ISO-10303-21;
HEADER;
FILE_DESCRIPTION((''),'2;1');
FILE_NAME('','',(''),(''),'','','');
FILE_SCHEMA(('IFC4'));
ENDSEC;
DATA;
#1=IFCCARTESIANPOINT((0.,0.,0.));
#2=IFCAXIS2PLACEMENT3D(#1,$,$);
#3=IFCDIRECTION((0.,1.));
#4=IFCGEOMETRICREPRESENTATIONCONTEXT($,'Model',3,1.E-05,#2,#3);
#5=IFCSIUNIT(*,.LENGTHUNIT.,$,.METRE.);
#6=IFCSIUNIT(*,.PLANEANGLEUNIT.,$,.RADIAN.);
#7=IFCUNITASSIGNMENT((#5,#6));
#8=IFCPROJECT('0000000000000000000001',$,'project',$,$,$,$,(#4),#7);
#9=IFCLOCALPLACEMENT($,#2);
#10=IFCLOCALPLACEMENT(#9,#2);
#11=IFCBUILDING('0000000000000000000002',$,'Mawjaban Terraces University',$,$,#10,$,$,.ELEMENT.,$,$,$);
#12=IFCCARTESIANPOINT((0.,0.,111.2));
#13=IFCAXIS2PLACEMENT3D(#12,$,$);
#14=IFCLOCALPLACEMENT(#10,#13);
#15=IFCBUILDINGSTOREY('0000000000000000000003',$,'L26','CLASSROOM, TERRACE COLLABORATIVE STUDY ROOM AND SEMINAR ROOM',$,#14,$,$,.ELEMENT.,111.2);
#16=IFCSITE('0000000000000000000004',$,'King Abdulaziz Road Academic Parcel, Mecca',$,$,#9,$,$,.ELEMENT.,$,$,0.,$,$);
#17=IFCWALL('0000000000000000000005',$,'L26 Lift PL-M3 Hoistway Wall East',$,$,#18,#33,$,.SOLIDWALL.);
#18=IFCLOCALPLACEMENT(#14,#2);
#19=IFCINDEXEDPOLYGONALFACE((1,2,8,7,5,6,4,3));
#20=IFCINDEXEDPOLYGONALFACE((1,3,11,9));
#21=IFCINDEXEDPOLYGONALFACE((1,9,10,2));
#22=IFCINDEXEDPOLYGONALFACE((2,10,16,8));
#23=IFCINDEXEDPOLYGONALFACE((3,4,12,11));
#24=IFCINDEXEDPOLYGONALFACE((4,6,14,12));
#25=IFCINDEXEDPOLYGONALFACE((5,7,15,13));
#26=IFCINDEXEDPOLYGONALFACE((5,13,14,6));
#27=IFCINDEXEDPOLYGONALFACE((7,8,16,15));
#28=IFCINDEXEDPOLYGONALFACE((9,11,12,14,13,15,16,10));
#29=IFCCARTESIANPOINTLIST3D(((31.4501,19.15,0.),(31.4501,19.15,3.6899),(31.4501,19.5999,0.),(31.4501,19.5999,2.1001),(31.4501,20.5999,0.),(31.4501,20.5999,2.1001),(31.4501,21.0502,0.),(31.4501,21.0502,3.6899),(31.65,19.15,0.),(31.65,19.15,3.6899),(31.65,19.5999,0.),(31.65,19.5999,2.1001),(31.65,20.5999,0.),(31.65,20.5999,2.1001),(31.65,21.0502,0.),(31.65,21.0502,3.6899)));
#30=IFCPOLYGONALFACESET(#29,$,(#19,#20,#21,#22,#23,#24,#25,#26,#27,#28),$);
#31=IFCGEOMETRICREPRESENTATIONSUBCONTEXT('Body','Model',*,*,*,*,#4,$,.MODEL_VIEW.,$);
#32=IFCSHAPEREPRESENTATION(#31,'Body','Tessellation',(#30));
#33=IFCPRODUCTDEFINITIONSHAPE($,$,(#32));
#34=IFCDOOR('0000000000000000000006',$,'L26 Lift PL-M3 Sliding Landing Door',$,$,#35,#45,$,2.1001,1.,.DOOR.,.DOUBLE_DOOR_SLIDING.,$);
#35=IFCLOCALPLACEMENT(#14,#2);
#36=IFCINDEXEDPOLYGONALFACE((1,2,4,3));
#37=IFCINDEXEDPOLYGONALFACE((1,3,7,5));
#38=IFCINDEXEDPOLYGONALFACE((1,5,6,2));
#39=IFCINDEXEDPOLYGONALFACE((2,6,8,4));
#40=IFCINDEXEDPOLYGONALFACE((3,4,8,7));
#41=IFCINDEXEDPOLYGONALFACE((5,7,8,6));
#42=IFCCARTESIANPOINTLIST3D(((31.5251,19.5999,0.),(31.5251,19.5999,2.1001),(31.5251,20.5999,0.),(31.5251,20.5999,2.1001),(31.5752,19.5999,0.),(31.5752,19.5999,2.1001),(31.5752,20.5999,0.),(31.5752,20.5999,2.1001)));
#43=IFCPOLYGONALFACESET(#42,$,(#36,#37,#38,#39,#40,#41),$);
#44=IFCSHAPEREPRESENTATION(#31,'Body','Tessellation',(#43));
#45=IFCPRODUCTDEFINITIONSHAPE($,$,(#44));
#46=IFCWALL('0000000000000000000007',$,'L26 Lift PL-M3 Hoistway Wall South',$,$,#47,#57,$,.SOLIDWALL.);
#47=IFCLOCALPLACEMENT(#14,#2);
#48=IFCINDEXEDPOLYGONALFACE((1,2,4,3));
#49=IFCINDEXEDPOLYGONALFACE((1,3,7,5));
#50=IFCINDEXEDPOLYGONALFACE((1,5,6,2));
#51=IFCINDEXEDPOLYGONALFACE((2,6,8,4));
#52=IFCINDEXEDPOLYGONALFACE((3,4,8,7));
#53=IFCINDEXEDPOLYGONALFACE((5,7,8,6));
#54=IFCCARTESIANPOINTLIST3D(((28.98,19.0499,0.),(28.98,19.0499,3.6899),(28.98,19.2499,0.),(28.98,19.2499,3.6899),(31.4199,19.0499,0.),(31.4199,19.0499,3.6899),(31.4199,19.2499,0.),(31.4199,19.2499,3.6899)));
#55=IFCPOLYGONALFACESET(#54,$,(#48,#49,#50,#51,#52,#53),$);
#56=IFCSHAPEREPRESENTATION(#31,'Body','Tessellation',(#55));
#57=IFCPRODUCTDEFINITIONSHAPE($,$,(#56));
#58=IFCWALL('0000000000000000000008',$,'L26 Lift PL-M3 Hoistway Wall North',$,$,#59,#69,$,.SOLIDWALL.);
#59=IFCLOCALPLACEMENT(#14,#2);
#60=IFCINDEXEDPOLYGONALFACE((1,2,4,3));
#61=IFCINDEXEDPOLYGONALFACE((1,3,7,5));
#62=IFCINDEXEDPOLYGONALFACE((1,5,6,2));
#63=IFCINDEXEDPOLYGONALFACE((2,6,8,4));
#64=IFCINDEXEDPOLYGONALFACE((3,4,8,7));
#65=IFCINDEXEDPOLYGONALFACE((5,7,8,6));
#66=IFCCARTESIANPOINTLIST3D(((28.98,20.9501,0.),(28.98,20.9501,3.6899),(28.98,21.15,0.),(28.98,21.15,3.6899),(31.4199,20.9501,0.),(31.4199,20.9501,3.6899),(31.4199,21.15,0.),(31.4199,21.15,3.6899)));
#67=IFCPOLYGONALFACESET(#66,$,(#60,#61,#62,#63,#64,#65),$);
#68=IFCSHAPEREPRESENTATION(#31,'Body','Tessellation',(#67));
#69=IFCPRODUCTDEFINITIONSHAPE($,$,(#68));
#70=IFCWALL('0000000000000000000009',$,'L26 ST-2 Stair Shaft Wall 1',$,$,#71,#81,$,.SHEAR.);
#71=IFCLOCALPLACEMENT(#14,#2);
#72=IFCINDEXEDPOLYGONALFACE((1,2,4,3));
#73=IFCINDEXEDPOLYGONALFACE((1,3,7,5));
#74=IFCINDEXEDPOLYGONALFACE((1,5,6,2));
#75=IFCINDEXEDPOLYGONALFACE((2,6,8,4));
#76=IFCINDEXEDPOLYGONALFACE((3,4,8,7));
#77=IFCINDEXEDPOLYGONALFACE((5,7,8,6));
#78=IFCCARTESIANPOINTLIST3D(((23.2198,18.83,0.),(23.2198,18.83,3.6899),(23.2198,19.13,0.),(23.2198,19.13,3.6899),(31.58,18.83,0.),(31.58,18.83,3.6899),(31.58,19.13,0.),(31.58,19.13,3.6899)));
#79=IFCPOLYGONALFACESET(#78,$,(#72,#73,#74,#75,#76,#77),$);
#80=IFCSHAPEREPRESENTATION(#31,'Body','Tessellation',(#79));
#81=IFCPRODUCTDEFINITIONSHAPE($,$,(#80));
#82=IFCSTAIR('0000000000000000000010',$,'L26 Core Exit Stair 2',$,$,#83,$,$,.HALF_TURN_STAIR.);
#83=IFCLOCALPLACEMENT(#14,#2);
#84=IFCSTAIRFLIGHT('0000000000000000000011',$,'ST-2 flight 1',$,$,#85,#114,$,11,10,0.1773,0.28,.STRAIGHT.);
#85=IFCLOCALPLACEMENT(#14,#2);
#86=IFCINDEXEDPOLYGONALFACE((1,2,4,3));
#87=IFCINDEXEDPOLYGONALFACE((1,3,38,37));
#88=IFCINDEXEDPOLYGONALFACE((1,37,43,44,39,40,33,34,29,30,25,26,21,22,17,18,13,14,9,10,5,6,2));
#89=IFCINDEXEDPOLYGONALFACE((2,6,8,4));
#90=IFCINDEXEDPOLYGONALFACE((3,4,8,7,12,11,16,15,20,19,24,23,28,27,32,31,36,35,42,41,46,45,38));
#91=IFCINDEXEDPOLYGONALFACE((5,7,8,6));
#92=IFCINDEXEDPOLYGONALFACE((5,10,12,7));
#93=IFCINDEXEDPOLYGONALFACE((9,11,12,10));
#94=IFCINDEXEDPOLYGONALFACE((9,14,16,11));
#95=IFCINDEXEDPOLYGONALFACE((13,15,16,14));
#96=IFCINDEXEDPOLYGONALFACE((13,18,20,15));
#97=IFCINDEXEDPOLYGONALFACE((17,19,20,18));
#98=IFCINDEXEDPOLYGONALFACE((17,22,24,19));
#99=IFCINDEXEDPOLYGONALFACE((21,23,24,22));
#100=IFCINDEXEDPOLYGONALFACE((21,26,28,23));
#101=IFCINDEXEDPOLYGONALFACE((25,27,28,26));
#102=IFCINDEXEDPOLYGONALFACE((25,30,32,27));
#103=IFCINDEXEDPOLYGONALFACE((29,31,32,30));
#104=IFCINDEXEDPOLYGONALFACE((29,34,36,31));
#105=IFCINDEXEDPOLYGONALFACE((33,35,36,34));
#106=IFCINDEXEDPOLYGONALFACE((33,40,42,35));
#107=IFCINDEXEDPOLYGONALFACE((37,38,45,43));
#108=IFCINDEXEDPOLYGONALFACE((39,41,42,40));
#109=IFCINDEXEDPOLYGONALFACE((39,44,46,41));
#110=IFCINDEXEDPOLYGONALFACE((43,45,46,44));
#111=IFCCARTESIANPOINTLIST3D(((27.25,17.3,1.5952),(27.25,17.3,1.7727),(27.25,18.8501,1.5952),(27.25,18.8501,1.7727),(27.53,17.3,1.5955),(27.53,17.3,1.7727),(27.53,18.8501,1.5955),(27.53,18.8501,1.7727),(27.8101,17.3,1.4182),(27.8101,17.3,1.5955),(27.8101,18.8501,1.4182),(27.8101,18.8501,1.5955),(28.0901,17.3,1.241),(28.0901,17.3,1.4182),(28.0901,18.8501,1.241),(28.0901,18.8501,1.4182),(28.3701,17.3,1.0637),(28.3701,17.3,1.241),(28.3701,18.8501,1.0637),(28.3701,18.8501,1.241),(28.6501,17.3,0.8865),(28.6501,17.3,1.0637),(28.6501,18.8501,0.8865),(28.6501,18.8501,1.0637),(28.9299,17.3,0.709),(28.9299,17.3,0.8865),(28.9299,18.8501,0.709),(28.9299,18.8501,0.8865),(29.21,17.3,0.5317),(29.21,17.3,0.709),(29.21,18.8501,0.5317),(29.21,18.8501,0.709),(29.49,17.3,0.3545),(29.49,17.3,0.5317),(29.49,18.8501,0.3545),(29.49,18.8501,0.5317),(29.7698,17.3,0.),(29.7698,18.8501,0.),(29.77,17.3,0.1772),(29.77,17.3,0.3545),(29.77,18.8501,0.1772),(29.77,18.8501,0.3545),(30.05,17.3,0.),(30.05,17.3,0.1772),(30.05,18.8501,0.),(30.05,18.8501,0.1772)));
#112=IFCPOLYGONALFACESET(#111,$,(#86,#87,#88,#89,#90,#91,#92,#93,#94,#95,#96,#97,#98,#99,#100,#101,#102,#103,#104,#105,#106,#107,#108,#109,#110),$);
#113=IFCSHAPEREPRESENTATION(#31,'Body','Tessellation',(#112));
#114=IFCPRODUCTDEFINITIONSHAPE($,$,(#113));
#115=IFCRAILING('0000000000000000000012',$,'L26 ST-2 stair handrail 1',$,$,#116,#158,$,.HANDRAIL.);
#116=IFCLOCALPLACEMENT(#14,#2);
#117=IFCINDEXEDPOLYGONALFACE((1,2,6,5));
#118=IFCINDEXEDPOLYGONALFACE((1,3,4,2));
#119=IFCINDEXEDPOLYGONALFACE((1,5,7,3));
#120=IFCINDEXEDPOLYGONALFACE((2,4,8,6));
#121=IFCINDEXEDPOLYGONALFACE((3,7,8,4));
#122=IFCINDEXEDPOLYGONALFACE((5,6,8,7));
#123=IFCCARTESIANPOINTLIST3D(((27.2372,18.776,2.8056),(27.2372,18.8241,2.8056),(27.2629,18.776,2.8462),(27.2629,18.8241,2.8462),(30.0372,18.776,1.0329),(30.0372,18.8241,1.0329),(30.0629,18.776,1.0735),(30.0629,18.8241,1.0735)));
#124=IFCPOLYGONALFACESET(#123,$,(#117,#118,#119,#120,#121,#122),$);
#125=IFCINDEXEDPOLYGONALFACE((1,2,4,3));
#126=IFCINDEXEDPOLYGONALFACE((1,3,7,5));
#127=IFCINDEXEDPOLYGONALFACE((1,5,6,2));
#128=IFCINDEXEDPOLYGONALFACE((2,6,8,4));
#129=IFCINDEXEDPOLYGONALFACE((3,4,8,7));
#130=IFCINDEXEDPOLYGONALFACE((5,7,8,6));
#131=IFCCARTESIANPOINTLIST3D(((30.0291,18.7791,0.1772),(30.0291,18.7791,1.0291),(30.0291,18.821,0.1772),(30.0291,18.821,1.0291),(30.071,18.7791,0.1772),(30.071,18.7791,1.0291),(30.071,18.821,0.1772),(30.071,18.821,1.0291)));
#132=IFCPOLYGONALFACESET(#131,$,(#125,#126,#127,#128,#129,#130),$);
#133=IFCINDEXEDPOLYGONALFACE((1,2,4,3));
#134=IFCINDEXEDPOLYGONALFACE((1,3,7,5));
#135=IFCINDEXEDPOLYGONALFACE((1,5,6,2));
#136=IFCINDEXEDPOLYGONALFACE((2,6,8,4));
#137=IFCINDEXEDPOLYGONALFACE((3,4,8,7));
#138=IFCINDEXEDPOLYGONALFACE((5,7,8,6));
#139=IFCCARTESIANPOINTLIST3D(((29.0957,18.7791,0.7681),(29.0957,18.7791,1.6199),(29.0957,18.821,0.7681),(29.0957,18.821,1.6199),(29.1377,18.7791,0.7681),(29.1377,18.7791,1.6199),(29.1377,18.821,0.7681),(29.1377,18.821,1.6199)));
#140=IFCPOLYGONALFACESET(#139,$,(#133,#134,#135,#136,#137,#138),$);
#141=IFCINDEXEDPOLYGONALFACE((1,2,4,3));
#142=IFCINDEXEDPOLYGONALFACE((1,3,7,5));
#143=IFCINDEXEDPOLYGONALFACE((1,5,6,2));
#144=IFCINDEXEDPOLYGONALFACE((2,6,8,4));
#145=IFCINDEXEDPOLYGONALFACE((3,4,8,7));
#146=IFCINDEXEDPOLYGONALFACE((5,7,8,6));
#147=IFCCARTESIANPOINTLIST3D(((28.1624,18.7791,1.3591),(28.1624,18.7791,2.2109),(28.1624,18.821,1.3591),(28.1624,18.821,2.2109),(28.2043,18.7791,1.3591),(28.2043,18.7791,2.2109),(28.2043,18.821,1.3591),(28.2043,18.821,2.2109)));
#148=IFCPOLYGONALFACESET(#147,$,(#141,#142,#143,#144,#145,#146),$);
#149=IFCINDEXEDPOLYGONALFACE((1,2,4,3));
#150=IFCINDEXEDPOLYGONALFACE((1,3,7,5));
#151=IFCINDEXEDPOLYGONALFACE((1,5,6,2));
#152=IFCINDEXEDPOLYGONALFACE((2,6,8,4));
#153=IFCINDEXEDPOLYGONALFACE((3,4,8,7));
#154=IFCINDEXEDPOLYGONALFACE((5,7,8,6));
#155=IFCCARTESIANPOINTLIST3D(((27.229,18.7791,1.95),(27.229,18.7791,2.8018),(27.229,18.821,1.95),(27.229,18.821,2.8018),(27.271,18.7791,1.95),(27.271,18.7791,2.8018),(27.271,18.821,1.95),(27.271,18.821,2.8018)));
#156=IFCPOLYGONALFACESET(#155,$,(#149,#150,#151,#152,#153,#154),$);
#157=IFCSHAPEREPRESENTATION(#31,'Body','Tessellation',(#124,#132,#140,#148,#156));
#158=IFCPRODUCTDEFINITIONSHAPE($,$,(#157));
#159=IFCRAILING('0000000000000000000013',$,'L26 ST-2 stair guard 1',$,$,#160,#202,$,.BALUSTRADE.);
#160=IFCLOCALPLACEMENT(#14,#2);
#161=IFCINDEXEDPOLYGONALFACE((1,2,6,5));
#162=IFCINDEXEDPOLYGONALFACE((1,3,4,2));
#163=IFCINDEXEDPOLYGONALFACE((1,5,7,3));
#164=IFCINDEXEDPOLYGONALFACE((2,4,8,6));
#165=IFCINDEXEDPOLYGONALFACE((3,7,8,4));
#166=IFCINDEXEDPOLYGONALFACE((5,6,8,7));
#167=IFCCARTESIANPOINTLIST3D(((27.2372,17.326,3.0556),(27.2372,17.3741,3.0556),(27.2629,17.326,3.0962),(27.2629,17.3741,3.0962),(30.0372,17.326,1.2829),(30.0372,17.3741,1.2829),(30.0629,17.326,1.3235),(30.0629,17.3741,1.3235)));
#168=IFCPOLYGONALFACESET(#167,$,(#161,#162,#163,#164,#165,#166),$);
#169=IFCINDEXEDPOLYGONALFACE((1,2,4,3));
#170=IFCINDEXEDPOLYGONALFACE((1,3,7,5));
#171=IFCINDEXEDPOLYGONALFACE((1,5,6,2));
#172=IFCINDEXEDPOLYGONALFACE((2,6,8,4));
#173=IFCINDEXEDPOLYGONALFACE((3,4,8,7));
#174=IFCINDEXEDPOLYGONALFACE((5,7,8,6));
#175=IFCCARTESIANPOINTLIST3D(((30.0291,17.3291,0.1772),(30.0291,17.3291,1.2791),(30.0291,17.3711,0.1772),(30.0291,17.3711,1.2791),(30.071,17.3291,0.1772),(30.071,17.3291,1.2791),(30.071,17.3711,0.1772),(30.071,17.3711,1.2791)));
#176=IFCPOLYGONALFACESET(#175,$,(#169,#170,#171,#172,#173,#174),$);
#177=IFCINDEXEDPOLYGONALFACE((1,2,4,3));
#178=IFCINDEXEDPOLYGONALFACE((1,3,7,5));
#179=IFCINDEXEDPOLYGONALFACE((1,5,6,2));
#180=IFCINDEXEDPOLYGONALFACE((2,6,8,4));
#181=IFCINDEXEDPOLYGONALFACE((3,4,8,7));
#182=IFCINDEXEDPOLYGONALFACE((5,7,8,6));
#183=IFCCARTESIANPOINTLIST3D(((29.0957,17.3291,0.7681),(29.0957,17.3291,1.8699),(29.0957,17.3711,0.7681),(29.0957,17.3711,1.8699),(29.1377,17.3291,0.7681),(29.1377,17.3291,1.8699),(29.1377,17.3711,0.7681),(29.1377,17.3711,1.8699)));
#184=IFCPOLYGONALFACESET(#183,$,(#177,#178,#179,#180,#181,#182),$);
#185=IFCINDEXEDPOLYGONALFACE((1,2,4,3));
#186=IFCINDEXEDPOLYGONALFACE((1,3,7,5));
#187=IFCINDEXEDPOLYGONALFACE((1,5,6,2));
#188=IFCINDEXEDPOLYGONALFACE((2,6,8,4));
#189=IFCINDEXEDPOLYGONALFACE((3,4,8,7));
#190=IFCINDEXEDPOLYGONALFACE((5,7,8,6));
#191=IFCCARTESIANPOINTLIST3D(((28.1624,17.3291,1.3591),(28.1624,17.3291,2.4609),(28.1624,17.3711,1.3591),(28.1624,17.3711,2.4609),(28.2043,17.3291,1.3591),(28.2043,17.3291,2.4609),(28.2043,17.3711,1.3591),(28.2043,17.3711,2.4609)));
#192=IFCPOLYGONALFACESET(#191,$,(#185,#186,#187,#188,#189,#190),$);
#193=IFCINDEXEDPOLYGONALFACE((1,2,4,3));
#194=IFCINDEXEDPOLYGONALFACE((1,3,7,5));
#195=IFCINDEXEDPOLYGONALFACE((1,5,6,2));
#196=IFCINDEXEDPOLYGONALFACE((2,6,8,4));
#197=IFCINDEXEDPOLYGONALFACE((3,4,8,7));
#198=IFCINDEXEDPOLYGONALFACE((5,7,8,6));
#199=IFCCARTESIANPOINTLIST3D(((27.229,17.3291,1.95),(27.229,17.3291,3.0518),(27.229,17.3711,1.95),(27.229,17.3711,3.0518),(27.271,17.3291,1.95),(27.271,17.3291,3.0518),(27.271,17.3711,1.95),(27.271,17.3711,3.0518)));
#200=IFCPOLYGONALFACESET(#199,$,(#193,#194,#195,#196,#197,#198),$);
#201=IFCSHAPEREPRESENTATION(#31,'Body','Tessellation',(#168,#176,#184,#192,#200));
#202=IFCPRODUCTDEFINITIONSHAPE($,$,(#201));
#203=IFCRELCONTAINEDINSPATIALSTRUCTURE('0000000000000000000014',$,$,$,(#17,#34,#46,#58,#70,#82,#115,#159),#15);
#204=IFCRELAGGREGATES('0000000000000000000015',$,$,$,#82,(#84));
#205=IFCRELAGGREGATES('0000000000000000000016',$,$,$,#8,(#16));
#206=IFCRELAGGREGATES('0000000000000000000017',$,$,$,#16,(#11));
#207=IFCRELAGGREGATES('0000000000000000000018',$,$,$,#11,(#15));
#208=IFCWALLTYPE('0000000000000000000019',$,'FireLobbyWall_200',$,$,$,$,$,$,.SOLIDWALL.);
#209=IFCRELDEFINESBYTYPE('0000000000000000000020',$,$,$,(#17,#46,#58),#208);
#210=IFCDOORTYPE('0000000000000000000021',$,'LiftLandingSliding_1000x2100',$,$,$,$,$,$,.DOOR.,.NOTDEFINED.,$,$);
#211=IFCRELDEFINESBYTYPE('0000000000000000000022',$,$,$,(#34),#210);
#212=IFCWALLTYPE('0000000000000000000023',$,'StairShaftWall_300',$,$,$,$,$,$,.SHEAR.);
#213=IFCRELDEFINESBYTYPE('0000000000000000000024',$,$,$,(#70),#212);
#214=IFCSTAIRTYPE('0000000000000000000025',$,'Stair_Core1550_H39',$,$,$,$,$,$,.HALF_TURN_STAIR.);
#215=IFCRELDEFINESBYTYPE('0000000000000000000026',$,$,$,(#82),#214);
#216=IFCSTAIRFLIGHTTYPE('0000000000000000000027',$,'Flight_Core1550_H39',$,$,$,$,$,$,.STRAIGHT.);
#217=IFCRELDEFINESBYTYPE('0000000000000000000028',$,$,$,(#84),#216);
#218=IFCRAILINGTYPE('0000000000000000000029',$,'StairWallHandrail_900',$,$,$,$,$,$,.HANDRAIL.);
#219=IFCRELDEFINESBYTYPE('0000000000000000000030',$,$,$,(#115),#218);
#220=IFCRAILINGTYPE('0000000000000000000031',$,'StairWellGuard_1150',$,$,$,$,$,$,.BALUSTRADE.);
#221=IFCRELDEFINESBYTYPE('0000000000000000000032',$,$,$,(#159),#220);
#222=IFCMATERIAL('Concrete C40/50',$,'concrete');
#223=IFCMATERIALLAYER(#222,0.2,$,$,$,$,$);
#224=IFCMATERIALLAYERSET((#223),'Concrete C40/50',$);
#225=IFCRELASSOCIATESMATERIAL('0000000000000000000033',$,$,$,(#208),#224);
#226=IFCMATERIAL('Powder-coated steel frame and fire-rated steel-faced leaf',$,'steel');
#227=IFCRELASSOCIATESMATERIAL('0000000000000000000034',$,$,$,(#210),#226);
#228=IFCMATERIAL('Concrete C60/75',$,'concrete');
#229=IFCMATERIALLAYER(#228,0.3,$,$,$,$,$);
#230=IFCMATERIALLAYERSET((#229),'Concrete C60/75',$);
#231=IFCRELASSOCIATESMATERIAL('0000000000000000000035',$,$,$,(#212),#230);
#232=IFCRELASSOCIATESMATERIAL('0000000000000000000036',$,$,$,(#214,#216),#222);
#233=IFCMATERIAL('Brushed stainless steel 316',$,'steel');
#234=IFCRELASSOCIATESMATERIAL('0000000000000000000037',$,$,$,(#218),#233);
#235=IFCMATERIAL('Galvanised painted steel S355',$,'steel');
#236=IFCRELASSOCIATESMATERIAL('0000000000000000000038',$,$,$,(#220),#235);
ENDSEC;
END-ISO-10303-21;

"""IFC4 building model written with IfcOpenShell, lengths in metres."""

from ifc_helpers import new_model, si_unit, direction, frame, frame_2d, origin, origin_2d, place, context, subcontext, project, spatial, polyline, rectangle, outline, extrude, material, layer, layer_set, type_object, element, fill, aggregate, save


model = new_model("IFC4")

# Units and contexts
model_context = context("Model", 3, precision=1e-05, world=origin(), true_north=direction((0.0, 1.0)))
body_context = subcontext(model_context, "Body", "Model", "MODEL_VIEW")
ifc_project = project(units=[si_unit("LENGTHUNIT", "METRE"), si_unit("PLANEANGLEUNIT", "RADIAN")], contexts=[model_context])

# Site, building, storey
site_placement = place(None, origin())
site = spatial("IfcSite", under=ifc_project, at=site_placement, Name="King Abdulaziz Road Academic Parcel, Mecca", CompositionType="ELEMENT", RefElevation=0.0)
building_placement = place(site_placement, origin())
building = spatial("IfcBuilding", under=site, at=building_placement, Name="Mawjaban Terraces University", CompositionType="ELEMENT")
storey_placement = place(building_placement, frame((0.0, 0.0, 111.2)))
storey = spatial("IfcBuildingStorey", under=building, at=storey_placement, Name="L26", Description="CLASSROOM, TERRACE COLLABORATIVE STUDY ROOM AND SEMINAR ROOM", CompositionType="ELEMENT", Elevation=111.2)

# Shared definitions
ifc_material_1 = material(Name="Concrete C40/50", Category="concrete")
ifc_layer_1 = layer(ifc_material_1, 0.2)
ifc_layer_set_1 = layer_set([ifc_layer_1], Name="Concrete C40/50")
wall_type_1 = type_object("IfcWallType", Name="FireLobbyWall_200", PredefinedType="SOLIDWALL", material=ifc_layer_set_1)

# Wall, opening, door
ifc_material_2 = material(Name="Powder-coated steel frame and fire-rated steel-faced leaf", Category="steel")
door_type_1 = type_object("IfcDoorType", Name="LiftLandingSliding_1000x2100", OperationType="NOTDEFINED", PredefinedType="DOOR", material=ifc_material_2)
wall_1_placement = place(storey_placement, frame((31.55, 19.1499, 0.0), z_axis=(0.0, 0.0, 1.0), x_axis=(0.0, 1.0, 0.0)))
wall_1 = element("IfcWall", 1, at=wall_1_placement, inside=storey, type_object=wall_type_1, Name="L26 Lift PL-M3 Hoistway Wall East", PredefinedType="SOLIDWALL", context=body_context, shape_type="SweptSolid", body=[
    extrude(rectangle(XDim=1.9001, YDim=0.2, at=frame_2d((0.9502, 0.0))), origin(), (0.0, 0.0, 1.0), 3.6899),
])
opening_1_placement = place(wall_1_placement, frame((0.45, 0.0, 0.0)))
opening_1 = element("IfcOpeningElement", 2, at=opening_1_placement, cuts=wall_1, PredefinedType="OPENING", context=body_context, shape_type="SweptSolid", body=[
    extrude(rectangle(XDim=1.0, YDim=2.1001, at=frame_2d((0.5, 1.05))), frame((0.0, 0.1099, 0.0), z_axis=(0.0, -1.0, 0.0), x_axis=(1.0, 0.0, 0.0)), (0.0, 0.0, 1.0), 0.22),
])
door_1_placement = place(opening_1_placement, origin())
door_1 = element("IfcDoor", 3, at=door_1_placement, inside=storey, type_object=door_type_1, Name="L26 Lift PL-M3 Sliding Landing Door", OperationType="DOUBLE_DOOR_SLIDING", OverallHeight=2.1001, OverallWidth=1.0, PredefinedType="DOOR", context=body_context, shape_type="SweptSolid", body=[
    extrude(rectangle(XDim=1.0, YDim=2.1001, at=frame_2d((0.5, 1.05))), frame((0.0, 0.0249, 0.0), z_axis=(0.0, -1.0, 0.0), x_axis=(1.0, 0.0, 0.0)), (0.0, 0.0, 1.0), 0.05),
])
fill(opening_1, door_1)

# Walls
for number, where, z_axis, x_axis, name in (
    (4, (28.98, 19.1499, 0.0), (0.0, 0.0, 1.0), (1.0, 0.0, 0.0), "L26 Lift PL-M3 Hoistway Wall South"),
    (5, (31.4199, 21.05, 0.0), (0.0, 0.0, 1.0), (-1.0, 0.0, 0.0), "L26 Lift PL-M3 Hoistway Wall North"),
):
    element("IfcWall", number, at=place(storey_placement, frame(where, z_axis=z_axis, x_axis=x_axis)), inside=storey, type_object=wall_type_1, Name=name, PredefinedType="SOLIDWALL", context=body_context, shape_type="SweptSolid", body=[
        extrude(rectangle(XDim=2.4399, YDim=0.2, at=frame_2d((1.22, 0.0))), origin(), (0.0, 0.0, 1.0), 3.6899),
    ])
ifc_material_3 = material(Name="Concrete C60/75", Category="concrete")
ifc_layer_2 = layer(ifc_material_3, 0.3)
ifc_layer_set_2 = layer_set([ifc_layer_2], Name="Concrete C60/75")
wall_type_2 = type_object("IfcWallType", Name="StairShaftWall_300", PredefinedType="SHEAR", material=ifc_layer_set_2)
wall_2_placement = place(storey_placement, frame((31.5801, 18.98, 0.0), z_axis=(0.0, 0.0, 1.0), x_axis=(-1.0, 0.0, 0.0)))
element("IfcWall", 6, at=wall_2_placement, inside=storey, type_object=wall_type_2, Name="L26 ST-2 Stair Shaft Wall 1", PredefinedType="SHEAR", context=body_context, shape_type="SweptSolid", body=[
    extrude(rectangle(XDim=8.3601, YDim=0.3, at=frame_2d((4.1802, 0.0))), origin(), (0.0, 0.0, 1.0), 3.6899),
])

# Stair, stair flight
stair_type = type_object("IfcStairType", Name="Stair_Core1550_H39", PredefinedType="HALF_TURN_STAIR", material=ifc_material_1)
stair_placement = place(storey_placement, origin())
stair = element("IfcStair", 7, at=stair_placement, inside=storey, type_object=stair_type, Name="L26 Core Exit Stair 2", PredefinedType="HALF_TURN_STAIR")
stair_flight_type = type_object("IfcStairFlightType", Name="Flight_Core1550_H39", PredefinedType="STRAIGHT", material=ifc_material_1)
stair_flight_placement = place(storey_placement, frame((30.05, 18.075, 0.0), z_axis=(0.0, 0.0, 1.0), x_axis=(-1.0, 0.0, 0.0)))
stair_flight = element("IfcStairFlight", 8, at=stair_flight_placement, type_object=stair_flight_type, Name="ST-2 flight 1", NumberOfRisers=11, NumberOfTreads=10, PredefinedType="STRAIGHT", RiserHeight=0.1773, TreadLength=0.28, context=body_context, shape_type="SweptSolid", body=[
    extrude(outline(polyline([(0.0, 0.0), (0.0, 0.1772), (0.28, 0.1772), (0.28, 0.3545), (0.5601, 0.3545), (0.5601, 0.5317), (0.8401, 0.5317), (0.8401, 0.709), (1.1201, 0.709), (1.1201, 0.8865), (1.3999, 0.8865), (1.3999, 1.0637), (1.6799, 1.0637), (1.6799, 1.241), (1.96, 1.241), (1.96, 1.4182), (2.24, 1.4182), (2.24, 1.5955), (2.52, 1.5955), (2.52, 1.7727), (2.8, 1.7727), (2.8, 1.95), (2.8, 1.5952), (0.2803, 0.0), (0.0, 0.0)])), frame((0.0, 0.7749, 0.0), z_axis=(0.0, -1.0, 0.0), x_axis=(1.0, 0.0, 0.0)), (0.0, 0.0, 1.0), 1.55),
])
aggregate(stair, [stair_flight])

# Railings
ifc_material_4 = material(Name="Brushed stainless steel 316", Category="steel")
railing_type_1 = type_object("IfcRailingType", Name="StairWallHandrail_900", PredefinedType="HANDRAIL", material=ifc_material_4)
railing_1_placement = place(storey_placement, frame((30.05, 18.8, 0.1772)))
element("IfcRailing", 9, at=railing_1_placement, inside=storey, type_object=railing_type_1, Name="L26 ST-2 stair handrail 1", PredefinedType="HANDRAIL", context=body_context, shape_type="SweptSolid", body=[
    extrude(rectangle(XDim=0.0481, YDim=0.0481, at=origin_2d()), frame((0.0, 0.0, 0.876), z_axis=(-0.844909, 0.0, 0.53491), x_axis=(0.0, -1.0, 0.0)), (0.0, 0.0, 1.0), 3.314),
    extrude(rectangle(XDim=0.042, YDim=0.042, at=origin_2d()), origin(), (0.0, 0.0, 1.0), 0.8518),
    extrude(rectangle(XDim=0.042, YDim=0.042, at=origin_2d()), frame((-0.9333, 0.0, 0.5908)), (0.0, 0.0, 1.0), 0.8518),
    extrude(rectangle(XDim=0.042, YDim=0.042, at=origin_2d()), frame((-1.8667, 0.0, 1.1819)), (0.0, 0.0, 1.0), 0.8518),
    extrude(rectangle(XDim=0.042, YDim=0.042, at=origin_2d()), frame((-2.8, 0.0, 1.7727)), (0.0, 0.0, 1.0), 0.8518),
])
ifc_material_5 = material(Name="Galvanised painted steel S355", Category="steel")
railing_type_2 = type_object("IfcRailingType", Name="StairWellGuard_1150", PredefinedType="BALUSTRADE", material=ifc_material_5)
railing_2_placement = place(storey_placement, frame((30.05, 17.3501, 0.1772)))
element("IfcRailing", 10, at=railing_2_placement, inside=storey, type_object=railing_type_2, Name="L26 ST-2 stair guard 1", PredefinedType="BALUSTRADE", context=body_context, shape_type="SweptSolid", body=[
    extrude(rectangle(XDim=0.0481, YDim=0.0481, at=origin_2d()), frame((0.0, 0.0, 1.126), z_axis=(-0.844909, 0.0, 0.53491), x_axis=(0.0, -1.0, 0.0)), (0.0, 0.0, 1.0), 3.314),
    extrude(rectangle(XDim=0.042, YDim=0.042, at=origin_2d()), origin(), (0.0, 0.0, 1.0), 1.1018),
    extrude(rectangle(XDim=0.042, YDim=0.042, at=origin_2d()), frame((-0.9333, 0.0, 0.5908)), (0.0, 0.0, 1.0), 1.1018),
    extrude(rectangle(XDim=0.042, YDim=0.042, at=origin_2d()), frame((-1.8667, 0.0, 1.1819)), (0.0, 0.0, 1.0), 1.1018),
    extrude(rectangle(XDim=0.042, YDim=0.042, at=origin_2d()), frame((-2.8, 0.0, 1.7727)), (0.0, 0.0, 1.0), 1.1018),
])

save(model, "model.ifc")
